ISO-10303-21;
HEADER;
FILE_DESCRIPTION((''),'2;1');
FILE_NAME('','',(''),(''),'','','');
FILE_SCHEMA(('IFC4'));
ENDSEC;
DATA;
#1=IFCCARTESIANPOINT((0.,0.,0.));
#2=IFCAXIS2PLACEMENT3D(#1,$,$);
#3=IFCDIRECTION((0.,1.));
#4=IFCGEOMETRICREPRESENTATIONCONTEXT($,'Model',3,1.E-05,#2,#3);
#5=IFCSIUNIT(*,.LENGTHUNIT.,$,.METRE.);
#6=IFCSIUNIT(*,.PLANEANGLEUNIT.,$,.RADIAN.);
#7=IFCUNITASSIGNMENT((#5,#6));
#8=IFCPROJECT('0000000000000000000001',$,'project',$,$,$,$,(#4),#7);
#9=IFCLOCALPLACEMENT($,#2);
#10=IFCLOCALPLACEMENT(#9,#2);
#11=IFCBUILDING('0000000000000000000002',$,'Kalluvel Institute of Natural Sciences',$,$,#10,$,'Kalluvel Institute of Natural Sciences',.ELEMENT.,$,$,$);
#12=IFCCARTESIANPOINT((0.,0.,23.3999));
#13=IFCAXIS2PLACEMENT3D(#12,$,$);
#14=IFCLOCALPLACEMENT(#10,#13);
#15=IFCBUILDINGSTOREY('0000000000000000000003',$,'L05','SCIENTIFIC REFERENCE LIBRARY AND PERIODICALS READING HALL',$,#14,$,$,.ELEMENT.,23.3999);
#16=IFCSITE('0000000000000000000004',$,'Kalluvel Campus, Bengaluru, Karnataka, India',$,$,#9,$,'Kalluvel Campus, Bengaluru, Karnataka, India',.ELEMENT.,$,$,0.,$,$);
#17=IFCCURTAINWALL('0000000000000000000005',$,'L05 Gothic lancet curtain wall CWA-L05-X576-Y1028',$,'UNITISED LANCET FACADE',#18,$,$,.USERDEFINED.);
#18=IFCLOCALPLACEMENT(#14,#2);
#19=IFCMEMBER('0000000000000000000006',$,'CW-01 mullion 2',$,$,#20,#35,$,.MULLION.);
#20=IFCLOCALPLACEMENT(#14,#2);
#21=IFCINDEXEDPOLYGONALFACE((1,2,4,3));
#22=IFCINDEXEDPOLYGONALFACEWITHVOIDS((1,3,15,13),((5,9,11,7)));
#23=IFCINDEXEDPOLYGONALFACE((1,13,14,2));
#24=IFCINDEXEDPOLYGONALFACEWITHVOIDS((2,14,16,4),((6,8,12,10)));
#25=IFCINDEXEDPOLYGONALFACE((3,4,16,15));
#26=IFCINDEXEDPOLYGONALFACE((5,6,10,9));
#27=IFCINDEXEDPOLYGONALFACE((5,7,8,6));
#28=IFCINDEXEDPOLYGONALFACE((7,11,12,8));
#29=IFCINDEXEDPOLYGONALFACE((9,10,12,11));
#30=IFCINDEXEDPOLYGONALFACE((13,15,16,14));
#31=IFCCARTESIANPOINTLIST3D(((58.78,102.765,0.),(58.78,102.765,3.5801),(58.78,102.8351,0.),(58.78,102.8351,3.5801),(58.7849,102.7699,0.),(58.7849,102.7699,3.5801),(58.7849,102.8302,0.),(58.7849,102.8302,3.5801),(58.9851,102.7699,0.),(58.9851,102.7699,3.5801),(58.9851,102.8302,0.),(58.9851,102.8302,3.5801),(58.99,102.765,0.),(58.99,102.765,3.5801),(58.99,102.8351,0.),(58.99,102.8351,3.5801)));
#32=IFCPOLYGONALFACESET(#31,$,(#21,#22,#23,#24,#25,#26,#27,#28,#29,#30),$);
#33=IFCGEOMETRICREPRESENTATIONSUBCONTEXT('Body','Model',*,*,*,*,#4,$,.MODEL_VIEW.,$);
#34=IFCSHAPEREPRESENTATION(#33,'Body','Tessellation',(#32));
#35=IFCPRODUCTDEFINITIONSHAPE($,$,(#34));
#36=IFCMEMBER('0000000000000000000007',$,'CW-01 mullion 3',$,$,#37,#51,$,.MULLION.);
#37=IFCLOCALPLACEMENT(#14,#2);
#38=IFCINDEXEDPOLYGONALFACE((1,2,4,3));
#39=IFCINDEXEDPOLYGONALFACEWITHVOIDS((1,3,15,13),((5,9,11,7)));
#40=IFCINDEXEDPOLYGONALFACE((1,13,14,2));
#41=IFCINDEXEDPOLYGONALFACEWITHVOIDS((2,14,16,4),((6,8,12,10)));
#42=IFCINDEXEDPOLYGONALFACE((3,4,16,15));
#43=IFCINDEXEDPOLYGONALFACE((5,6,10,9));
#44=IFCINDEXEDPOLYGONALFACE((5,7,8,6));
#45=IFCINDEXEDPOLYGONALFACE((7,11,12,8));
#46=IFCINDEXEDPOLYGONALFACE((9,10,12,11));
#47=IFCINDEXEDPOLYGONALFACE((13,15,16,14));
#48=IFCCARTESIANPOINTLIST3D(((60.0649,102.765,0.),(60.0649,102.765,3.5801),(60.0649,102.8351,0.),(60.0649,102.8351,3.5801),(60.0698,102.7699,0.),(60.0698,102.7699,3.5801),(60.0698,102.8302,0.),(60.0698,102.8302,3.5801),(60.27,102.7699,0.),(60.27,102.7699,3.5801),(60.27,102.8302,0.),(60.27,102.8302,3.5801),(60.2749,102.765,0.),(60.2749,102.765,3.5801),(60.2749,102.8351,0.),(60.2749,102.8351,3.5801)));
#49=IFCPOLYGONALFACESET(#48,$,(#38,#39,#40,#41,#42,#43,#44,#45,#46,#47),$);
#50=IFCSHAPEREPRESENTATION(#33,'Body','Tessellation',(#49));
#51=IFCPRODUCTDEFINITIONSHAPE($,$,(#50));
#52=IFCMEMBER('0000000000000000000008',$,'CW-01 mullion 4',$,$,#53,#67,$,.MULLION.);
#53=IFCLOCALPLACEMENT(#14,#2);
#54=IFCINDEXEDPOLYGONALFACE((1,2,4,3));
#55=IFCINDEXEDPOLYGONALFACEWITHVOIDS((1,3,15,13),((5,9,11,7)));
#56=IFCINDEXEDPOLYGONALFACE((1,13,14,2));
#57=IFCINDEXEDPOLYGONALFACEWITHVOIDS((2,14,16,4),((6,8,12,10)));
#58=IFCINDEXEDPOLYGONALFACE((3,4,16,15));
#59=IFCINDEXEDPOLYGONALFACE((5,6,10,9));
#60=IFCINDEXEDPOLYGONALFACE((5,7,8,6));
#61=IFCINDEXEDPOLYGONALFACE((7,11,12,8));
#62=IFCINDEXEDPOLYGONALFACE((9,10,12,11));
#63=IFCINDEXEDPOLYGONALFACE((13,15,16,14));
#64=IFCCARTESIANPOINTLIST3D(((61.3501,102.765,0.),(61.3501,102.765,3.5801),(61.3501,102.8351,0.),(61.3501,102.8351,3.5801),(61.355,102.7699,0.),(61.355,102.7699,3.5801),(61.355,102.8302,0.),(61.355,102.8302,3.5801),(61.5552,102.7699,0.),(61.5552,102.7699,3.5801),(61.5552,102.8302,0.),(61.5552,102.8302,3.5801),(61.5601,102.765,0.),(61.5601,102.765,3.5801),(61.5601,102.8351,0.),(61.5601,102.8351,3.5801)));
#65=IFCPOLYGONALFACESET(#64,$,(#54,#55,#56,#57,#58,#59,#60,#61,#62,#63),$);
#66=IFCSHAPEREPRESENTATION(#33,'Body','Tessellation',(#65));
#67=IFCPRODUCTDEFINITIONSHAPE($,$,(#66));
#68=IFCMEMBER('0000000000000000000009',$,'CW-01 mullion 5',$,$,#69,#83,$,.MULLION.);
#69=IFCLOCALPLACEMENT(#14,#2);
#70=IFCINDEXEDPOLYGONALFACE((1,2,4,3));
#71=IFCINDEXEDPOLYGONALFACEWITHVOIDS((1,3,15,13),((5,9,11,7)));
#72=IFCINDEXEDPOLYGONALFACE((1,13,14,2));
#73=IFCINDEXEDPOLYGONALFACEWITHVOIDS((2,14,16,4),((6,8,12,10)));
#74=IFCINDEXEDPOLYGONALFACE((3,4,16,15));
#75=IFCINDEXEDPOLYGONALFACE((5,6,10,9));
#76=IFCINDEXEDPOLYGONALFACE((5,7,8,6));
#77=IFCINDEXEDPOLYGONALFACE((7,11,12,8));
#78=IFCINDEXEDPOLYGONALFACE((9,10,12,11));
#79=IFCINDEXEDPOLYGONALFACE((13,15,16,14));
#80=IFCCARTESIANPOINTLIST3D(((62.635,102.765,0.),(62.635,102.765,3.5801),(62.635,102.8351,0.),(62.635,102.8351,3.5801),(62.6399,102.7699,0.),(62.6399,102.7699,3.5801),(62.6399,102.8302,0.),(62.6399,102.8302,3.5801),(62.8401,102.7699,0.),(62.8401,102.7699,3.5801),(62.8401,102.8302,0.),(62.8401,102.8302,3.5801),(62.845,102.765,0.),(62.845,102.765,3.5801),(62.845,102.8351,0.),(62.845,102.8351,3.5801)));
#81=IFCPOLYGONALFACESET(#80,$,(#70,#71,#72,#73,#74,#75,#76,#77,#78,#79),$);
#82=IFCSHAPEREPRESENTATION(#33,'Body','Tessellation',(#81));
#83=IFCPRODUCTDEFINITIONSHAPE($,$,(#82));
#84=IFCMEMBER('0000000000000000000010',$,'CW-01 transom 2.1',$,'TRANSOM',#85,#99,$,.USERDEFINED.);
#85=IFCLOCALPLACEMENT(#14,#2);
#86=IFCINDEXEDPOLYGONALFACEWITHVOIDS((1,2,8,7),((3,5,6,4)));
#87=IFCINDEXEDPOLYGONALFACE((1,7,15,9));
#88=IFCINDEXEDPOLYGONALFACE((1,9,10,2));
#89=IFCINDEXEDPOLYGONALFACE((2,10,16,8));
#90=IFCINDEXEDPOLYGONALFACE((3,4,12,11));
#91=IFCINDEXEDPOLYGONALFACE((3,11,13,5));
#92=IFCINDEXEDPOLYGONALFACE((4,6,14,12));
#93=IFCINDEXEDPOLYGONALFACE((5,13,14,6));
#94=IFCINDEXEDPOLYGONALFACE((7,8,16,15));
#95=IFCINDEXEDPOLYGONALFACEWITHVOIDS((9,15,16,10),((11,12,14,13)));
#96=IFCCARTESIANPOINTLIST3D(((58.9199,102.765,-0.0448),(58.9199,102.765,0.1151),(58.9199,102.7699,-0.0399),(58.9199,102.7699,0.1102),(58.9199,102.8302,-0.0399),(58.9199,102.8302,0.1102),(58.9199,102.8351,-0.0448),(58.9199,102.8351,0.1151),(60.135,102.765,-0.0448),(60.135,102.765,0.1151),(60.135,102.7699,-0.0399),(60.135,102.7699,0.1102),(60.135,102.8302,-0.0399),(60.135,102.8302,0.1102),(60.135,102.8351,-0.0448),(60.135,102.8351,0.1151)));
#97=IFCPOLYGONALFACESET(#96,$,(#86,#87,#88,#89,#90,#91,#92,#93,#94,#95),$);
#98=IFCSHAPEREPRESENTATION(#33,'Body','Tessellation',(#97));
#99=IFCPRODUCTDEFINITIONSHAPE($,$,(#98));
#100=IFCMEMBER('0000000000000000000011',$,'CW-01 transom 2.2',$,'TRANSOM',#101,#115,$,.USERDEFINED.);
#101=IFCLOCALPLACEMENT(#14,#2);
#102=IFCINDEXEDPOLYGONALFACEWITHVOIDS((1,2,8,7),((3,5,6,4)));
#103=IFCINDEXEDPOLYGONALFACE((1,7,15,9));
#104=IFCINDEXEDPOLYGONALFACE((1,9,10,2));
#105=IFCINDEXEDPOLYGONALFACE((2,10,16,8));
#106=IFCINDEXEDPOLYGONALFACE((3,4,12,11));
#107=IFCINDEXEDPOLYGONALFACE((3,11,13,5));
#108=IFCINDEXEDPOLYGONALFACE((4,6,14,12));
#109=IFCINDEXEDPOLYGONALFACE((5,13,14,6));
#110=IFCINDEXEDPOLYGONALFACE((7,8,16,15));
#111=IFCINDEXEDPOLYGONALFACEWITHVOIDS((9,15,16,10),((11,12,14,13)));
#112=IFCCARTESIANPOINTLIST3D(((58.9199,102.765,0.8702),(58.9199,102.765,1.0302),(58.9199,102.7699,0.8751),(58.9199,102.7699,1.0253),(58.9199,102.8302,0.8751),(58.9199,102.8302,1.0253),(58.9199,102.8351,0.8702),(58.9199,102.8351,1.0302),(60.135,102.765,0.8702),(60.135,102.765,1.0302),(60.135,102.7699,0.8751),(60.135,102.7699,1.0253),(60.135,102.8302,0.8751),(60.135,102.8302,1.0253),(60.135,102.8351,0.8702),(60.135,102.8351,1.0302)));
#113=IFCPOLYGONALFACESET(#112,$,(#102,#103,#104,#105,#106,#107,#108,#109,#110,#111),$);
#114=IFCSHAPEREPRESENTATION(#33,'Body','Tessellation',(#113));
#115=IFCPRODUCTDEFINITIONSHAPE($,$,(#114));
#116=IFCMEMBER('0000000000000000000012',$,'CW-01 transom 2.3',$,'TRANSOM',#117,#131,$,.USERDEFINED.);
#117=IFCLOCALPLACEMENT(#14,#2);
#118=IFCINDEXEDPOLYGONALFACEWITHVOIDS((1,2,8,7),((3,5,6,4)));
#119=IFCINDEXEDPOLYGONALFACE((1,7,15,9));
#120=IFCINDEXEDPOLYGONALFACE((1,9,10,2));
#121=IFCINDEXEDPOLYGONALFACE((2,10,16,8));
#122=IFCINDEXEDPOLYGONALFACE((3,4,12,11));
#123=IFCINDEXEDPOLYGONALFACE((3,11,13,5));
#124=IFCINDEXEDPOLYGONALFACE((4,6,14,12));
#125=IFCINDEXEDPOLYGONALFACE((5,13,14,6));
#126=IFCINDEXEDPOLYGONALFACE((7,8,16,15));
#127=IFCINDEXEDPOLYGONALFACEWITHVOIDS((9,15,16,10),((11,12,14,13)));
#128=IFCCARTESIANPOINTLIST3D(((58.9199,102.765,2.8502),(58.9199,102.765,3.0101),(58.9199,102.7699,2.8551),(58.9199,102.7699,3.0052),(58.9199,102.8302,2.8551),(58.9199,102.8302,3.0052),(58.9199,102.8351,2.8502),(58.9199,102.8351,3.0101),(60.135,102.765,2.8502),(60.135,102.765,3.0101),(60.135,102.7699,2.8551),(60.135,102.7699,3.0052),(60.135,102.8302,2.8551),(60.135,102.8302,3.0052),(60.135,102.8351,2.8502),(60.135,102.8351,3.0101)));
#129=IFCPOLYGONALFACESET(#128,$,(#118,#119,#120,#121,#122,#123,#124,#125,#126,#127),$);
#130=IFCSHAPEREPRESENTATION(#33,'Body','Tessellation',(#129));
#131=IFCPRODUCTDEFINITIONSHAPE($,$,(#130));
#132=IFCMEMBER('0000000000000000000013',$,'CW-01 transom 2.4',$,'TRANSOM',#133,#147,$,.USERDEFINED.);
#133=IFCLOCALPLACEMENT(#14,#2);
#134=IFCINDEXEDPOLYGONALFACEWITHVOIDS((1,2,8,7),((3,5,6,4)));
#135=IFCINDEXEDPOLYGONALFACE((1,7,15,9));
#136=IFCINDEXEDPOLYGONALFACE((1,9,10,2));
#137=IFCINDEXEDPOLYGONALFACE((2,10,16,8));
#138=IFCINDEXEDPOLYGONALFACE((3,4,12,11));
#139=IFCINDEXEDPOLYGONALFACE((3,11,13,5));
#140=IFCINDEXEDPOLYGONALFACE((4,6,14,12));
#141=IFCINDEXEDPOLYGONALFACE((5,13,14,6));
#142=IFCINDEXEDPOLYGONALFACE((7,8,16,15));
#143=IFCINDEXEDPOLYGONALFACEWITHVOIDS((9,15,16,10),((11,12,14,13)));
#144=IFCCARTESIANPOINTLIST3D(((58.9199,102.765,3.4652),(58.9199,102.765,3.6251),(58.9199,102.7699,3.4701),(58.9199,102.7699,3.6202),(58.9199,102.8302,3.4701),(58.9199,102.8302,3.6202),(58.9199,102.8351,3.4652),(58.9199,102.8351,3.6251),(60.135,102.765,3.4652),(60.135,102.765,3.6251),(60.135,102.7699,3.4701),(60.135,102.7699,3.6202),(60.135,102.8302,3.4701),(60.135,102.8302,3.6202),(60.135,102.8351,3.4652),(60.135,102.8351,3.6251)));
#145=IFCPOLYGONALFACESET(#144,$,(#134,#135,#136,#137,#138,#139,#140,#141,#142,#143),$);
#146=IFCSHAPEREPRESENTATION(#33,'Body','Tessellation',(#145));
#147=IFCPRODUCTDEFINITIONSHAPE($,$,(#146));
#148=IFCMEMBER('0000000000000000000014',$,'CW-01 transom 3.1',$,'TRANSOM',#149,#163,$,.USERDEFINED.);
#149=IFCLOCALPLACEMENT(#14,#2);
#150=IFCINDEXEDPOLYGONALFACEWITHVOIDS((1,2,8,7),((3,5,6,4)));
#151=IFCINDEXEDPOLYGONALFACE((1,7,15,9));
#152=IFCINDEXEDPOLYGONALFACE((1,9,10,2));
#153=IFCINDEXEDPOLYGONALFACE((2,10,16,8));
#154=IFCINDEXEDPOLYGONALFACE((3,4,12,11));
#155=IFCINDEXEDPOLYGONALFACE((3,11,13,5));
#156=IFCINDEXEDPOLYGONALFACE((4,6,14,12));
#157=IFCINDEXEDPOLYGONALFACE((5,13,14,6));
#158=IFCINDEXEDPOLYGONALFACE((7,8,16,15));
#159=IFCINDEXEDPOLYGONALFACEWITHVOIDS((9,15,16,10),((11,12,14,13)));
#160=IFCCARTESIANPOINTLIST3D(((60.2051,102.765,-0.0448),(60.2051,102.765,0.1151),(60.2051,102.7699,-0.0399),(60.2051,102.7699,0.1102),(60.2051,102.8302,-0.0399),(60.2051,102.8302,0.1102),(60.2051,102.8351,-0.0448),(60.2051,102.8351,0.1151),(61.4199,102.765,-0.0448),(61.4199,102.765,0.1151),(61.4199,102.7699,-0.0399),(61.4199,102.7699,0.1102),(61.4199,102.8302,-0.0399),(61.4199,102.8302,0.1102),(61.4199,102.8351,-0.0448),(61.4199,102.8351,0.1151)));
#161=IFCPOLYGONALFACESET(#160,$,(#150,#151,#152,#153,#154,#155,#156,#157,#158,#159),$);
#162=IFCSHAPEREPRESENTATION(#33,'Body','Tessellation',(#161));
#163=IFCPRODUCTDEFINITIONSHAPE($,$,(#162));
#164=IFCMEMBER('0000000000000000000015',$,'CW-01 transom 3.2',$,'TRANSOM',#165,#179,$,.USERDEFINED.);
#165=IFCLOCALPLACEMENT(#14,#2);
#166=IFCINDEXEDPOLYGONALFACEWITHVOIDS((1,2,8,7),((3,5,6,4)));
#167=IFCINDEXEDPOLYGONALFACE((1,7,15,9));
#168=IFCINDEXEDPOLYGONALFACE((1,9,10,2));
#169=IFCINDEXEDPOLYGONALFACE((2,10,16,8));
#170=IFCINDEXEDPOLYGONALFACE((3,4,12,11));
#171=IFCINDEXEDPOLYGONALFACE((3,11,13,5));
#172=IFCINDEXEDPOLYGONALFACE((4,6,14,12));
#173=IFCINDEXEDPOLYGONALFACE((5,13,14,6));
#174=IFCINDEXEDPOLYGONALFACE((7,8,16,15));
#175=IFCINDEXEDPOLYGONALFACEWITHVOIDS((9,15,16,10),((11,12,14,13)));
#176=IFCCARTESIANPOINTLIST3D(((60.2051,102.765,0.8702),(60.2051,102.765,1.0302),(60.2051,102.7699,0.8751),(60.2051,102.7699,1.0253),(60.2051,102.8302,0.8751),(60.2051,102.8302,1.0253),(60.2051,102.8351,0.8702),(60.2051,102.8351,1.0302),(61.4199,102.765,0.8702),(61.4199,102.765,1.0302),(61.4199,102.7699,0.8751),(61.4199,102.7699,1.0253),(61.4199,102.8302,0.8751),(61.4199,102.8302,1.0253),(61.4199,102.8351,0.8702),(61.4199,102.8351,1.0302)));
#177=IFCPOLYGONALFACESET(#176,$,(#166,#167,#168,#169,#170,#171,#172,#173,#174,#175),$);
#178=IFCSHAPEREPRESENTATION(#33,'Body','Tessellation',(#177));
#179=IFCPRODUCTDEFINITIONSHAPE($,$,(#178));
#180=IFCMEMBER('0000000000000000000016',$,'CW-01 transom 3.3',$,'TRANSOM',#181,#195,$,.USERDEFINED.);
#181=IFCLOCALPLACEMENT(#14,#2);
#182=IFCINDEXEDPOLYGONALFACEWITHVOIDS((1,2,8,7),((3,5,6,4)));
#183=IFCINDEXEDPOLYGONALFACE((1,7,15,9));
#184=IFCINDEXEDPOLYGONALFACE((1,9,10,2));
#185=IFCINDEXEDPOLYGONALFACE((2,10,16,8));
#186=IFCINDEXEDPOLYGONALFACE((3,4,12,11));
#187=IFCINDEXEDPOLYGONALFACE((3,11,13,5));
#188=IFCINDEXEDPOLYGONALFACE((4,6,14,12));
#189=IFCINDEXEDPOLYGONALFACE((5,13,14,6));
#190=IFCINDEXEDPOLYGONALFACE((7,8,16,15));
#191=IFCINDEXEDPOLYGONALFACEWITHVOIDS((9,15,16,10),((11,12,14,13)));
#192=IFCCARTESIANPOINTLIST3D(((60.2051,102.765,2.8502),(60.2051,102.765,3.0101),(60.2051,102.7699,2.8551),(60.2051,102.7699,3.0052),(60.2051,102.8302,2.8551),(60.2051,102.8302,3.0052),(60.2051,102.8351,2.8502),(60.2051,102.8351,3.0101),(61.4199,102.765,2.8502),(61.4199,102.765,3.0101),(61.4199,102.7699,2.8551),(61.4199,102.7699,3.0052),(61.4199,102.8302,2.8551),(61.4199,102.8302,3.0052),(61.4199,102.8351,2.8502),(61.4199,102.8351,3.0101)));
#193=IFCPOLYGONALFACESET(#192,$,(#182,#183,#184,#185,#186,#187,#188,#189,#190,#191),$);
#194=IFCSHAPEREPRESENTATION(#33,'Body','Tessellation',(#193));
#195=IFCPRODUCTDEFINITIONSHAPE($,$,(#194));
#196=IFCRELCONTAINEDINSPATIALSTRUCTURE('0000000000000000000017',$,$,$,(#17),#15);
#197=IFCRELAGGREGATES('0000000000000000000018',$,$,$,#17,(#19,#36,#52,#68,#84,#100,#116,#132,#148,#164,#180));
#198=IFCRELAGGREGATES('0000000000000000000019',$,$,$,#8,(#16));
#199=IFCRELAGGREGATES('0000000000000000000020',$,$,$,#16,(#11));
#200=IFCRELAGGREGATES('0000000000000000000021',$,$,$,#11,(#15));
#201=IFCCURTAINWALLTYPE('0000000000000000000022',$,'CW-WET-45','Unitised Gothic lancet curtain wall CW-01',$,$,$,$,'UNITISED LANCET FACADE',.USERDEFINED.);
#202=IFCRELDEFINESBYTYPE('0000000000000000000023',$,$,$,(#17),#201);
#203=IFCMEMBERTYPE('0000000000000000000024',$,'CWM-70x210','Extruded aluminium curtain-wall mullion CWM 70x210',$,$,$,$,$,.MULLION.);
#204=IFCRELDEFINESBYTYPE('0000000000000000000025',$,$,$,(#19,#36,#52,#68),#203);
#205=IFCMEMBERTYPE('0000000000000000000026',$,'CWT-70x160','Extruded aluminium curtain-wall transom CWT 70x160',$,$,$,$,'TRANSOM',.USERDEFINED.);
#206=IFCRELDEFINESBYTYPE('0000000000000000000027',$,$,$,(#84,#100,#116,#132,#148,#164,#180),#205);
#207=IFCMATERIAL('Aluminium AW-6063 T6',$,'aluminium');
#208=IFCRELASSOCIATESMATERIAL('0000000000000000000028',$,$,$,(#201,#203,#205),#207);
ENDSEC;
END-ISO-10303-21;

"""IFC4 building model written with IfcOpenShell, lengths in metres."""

from ifc_helpers import new_model, si_unit, direction, frame, origin, origin_2d, place, context, subcontext, project, spatial, hollow_rectangle, extrude, material, material_profile, profile_set, type_object, element, aggregate, save


model = new_model("IFC4")

# Units and contexts
model_context = context("Model", 3, precision=1e-05, world=origin(), true_north=direction((0.0, 1.0)))
body_context = subcontext(model_context, "Body", "Model", "MODEL_VIEW")
ifc_project = project(units=[si_unit("LENGTHUNIT", "METRE"), si_unit("PLANEANGLEUNIT", "RADIAN")], contexts=[model_context])

# Site, building, storey
site_placement = place(None, origin())
site = spatial("IfcSite", under=ifc_project, at=site_placement, Name="Kalluvel Campus, Bengaluru, Karnataka, India", LongName="Kalluvel Campus, Bengaluru, Karnataka, India", CompositionType="ELEMENT", RefElevation=0.0)
building_placement = place(site_placement, origin())
building = spatial("IfcBuilding", under=site, at=building_placement, Name="Kalluvel Institute of Natural Sciences", LongName="Kalluvel Institute of Natural Sciences", CompositionType="ELEMENT")
storey_placement = place(building_placement, frame((0.0, 0.0, 23.3999)))
storey = spatial("IfcBuildingStorey", under=building, at=storey_placement, Name="L05", Description="SCIENTIFIC REFERENCE LIBRARY AND PERIODICALS READING HALL", CompositionType="ELEMENT", Elevation=23.3999)

# Curtain wall, members
ifc_material_1 = material(Name="Aluminium AW-6063 T6", Category="aluminium")
curtain_wall_type = type_object("IfcCurtainWallType", Name="CW-WET-45", Description="Unitised Gothic lancet curtain wall CW-01", ElementType="UNITISED LANCET FACADE", PredefinedType="USERDEFINED", material=ifc_material_1)
curtain_wall_placement = place(storey_placement, origin())
curtain_wall = element("IfcCurtainWall", 1, at=curtain_wall_placement, inside=storey, type_object=curtain_wall_type, Name="L05 Gothic lancet curtain wall CWA-L05-X576-Y1028", ObjectType="UNITISED LANCET FACADE", PredefinedType="USERDEFINED")
ifc_material_profile_1 = material_profile(ifc_material_1, hollow_rectangle(XDim=0.0701, YDim=0.21, WallThickness=0.0049, at=origin_2d()), Name="CWM 70x210")
ifc_profile_set_1 = profile_set([ifc_material_profile_1], Name="Aluminium AW-6063 T6")
member_type_1 = type_object("IfcMemberType", Name="CWM-70x210", Description="Extruded aluminium curtain-wall mullion CWM 70x210", PredefinedType="MULLION", material=ifc_profile_set_1)
member_1_placement = place(storey_placement, frame((58.885, 102.8, 0.0), z_axis=(0.0, 0.0, 1.0), x_axis=(0.0, 1.0, 0.0)))
member_1 = element("IfcMember", 2, at=member_1_placement, type_object=member_type_1, Name="CW-01 mullion 2", PredefinedType="MULLION", context=body_context, shape_type="SweptSolid", body=[
    extrude(hollow_rectangle(XDim=0.0701, YDim=0.21, WallThickness=0.0049, at=origin_2d()), origin(), (0.0, 0.0, 1.0), 3.5801),
])
member_2_placement = place(storey_placement, frame((60.1699, 102.8, 0.0), z_axis=(0.0, 0.0, 1.0), x_axis=(0.0, 1.0, 0.0)))
member_2 = element("IfcMember", 3, at=member_2_placement, type_object=member_type_1, Name="CW-01 mullion 3", PredefinedType="MULLION", context=body_context, shape_type="SweptSolid", body=[
    extrude(hollow_rectangle(XDim=0.0701, YDim=0.21, WallThickness=0.0049, at=origin_2d()), origin(), (0.0, 0.0, 1.0), 3.5801),
])
member_3_placement = place(storey_placement, frame((61.4551, 102.8, 0.0), z_axis=(0.0, 0.0, 1.0), x_axis=(0.0, 1.0, 0.0)))
member_3 = element("IfcMember", 4, at=member_3_placement, type_object=member_type_1, Name="CW-01 mullion 4", PredefinedType="MULLION", context=body_context, shape_type="SweptSolid", body=[
    extrude(hollow_rectangle(XDim=0.0701, YDim=0.21, WallThickness=0.0049, at=origin_2d()), origin(), (0.0, 0.0, 1.0), 3.5801),
])
member_4_placement = place(storey_placement, frame((62.74, 102.8, 0.0), z_axis=(0.0, 0.0, 1.0), x_axis=(0.0, 1.0, 0.0)))
member_4 = element("IfcMember", 5, at=member_4_placement, type_object=member_type_1, Name="CW-01 mullion 5", PredefinedType="MULLION", context=body_context, shape_type="SweptSolid", body=[
    extrude(hollow_rectangle(XDim=0.0701, YDim=0.21, WallThickness=0.0049, at=origin_2d()), origin(), (0.0, 0.0, 1.0), 3.5801),
])
ifc_material_profile_2 = material_profile(ifc_material_1, hollow_rectangle(XDim=0.0701, YDim=0.1599, WallThickness=0.0049, at=origin_2d()), Name="CWT 70x160")
ifc_profile_set_2 = profile_set([ifc_material_profile_2], Name="Aluminium AW-6063 T6")
member_type_2 = type_object("IfcMemberType", Name="CWT-70x160", Description="Extruded aluminium curtain-wall transom CWT 70x160", ElementType="TRANSOM", PredefinedType="USERDEFINED", material=ifc_profile_set_2)
member_5_placement = place(storey_placement, frame((58.9199, 102.8, 0.0352), z_axis=(1.0, 0.0, 0.0), x_axis=(0.0, 1.0, 0.0)))
member_5 = element("IfcMember", 6, at=member_5_placement, type_object=member_type_2, Name="CW-01 transom 2.1", ObjectType="TRANSOM", PredefinedType="USERDEFINED", context=body_context, shape_type="SweptSolid", body=[
    extrude(hollow_rectangle(XDim=0.0701, YDim=0.1599, WallThickness=0.0049, at=origin_2d()), origin(), (0.0, 0.0, 1.0), 1.2151),
])
member_6_placement = place(storey_placement, frame((58.9199, 102.8, 0.9502), z_axis=(1.0, 0.0, 0.0), x_axis=(0.0, 1.0, 0.0)))
member_6 = element("IfcMember", 7, at=member_6_placement, type_object=member_type_2, Name="CW-01 transom 2.2", ObjectType="TRANSOM", PredefinedType="USERDEFINED", context=body_context, shape_type="SweptSolid", body=[
    extrude(hollow_rectangle(XDim=0.0701, YDim=0.1599, WallThickness=0.0049, at=origin_2d()), origin(), (0.0, 0.0, 1.0), 1.2151),
])
member_7_placement = place(storey_placement, frame((58.9199, 102.8, 2.9302), z_axis=(1.0, 0.0, 0.0), x_axis=(0.0, 1.0, 0.0)))
member_7 = element("IfcMember", 8, at=member_7_placement, type_object=member_type_2, Name="CW-01 transom 2.3", ObjectType="TRANSOM", PredefinedType="USERDEFINED", context=body_context, shape_type="SweptSolid", body=[
    extrude(hollow_rectangle(XDim=0.0701, YDim=0.1599, WallThickness=0.0049, at=origin_2d()), origin(), (0.0, 0.0, 1.0), 1.2151),
])
member_8_placement = place(storey_placement, frame((58.9199, 102.8, 3.5452), z_axis=(1.0, 0.0, 0.0), x_axis=(0.0, 1.0, 0.0)))
member_8 = element("IfcMember", 9, at=member_8_placement, type_object=member_type_2, Name="CW-01 transom 2.4", ObjectType="TRANSOM", PredefinedType="USERDEFINED", context=body_context, shape_type="SweptSolid", body=[
    extrude(hollow_rectangle(XDim=0.0701, YDim=0.1599, WallThickness=0.0049, at=origin_2d()), origin(), (0.0, 0.0, 1.0), 1.2151),
])
member_9_placement = place(storey_placement, frame((60.2051, 102.8, 0.0352), z_axis=(1.0, 0.0, 0.0), x_axis=(0.0, 1.0, 0.0)))
member_9 = element("IfcMember", 10, at=member_9_placement, type_object=member_type_2, Name="CW-01 transom 3.1", ObjectType="TRANSOM", PredefinedType="USERDEFINED", context=body_context, shape_type="SweptSolid", body=[
    extrude(hollow_rectangle(XDim=0.0701, YDim=0.1599, WallThickness=0.0049, at=origin_2d()), origin(), (0.0, 0.0, 1.0), 1.2148),
])
member_10_placement = place(storey_placement, frame((60.2051, 102.8, 0.9502), z_axis=(1.0, 0.0, 0.0), x_axis=(0.0, 1.0, 0.0)))
member_10 = element("IfcMember", 11, at=member_10_placement, type_object=member_type_2, Name="CW-01 transom 3.2", ObjectType="TRANSOM", PredefinedType="USERDEFINED", context=body_context, shape_type="SweptSolid", body=[
    extrude(hollow_rectangle(XDim=0.0701, YDim=0.1599, WallThickness=0.0049, at=origin_2d()), origin(), (0.0, 0.0, 1.0), 1.2148),
])
member_11_placement = place(storey_placement, frame((60.2051, 102.8, 2.9302), z_axis=(1.0, 0.0, 0.0), x_axis=(0.0, 1.0, 0.0)))
member_11 = element("IfcMember", 12, at=member_11_placement, type_object=member_type_2, Name="CW-01 transom 3.3", ObjectType="TRANSOM", PredefinedType="USERDEFINED", context=body_context, shape_type="SweptSolid", body=[
    extrude(hollow_rectangle(XDim=0.0701, YDim=0.1599, WallThickness=0.0049, at=origin_2d()), origin(), (0.0, 0.0, 1.0), 1.2148),
])
aggregate(curtain_wall, [member_1, member_2, member_3, member_4, member_5, member_6, member_7, member_8, member_9, member_10, member_11])

save(model, "model.ifc")
